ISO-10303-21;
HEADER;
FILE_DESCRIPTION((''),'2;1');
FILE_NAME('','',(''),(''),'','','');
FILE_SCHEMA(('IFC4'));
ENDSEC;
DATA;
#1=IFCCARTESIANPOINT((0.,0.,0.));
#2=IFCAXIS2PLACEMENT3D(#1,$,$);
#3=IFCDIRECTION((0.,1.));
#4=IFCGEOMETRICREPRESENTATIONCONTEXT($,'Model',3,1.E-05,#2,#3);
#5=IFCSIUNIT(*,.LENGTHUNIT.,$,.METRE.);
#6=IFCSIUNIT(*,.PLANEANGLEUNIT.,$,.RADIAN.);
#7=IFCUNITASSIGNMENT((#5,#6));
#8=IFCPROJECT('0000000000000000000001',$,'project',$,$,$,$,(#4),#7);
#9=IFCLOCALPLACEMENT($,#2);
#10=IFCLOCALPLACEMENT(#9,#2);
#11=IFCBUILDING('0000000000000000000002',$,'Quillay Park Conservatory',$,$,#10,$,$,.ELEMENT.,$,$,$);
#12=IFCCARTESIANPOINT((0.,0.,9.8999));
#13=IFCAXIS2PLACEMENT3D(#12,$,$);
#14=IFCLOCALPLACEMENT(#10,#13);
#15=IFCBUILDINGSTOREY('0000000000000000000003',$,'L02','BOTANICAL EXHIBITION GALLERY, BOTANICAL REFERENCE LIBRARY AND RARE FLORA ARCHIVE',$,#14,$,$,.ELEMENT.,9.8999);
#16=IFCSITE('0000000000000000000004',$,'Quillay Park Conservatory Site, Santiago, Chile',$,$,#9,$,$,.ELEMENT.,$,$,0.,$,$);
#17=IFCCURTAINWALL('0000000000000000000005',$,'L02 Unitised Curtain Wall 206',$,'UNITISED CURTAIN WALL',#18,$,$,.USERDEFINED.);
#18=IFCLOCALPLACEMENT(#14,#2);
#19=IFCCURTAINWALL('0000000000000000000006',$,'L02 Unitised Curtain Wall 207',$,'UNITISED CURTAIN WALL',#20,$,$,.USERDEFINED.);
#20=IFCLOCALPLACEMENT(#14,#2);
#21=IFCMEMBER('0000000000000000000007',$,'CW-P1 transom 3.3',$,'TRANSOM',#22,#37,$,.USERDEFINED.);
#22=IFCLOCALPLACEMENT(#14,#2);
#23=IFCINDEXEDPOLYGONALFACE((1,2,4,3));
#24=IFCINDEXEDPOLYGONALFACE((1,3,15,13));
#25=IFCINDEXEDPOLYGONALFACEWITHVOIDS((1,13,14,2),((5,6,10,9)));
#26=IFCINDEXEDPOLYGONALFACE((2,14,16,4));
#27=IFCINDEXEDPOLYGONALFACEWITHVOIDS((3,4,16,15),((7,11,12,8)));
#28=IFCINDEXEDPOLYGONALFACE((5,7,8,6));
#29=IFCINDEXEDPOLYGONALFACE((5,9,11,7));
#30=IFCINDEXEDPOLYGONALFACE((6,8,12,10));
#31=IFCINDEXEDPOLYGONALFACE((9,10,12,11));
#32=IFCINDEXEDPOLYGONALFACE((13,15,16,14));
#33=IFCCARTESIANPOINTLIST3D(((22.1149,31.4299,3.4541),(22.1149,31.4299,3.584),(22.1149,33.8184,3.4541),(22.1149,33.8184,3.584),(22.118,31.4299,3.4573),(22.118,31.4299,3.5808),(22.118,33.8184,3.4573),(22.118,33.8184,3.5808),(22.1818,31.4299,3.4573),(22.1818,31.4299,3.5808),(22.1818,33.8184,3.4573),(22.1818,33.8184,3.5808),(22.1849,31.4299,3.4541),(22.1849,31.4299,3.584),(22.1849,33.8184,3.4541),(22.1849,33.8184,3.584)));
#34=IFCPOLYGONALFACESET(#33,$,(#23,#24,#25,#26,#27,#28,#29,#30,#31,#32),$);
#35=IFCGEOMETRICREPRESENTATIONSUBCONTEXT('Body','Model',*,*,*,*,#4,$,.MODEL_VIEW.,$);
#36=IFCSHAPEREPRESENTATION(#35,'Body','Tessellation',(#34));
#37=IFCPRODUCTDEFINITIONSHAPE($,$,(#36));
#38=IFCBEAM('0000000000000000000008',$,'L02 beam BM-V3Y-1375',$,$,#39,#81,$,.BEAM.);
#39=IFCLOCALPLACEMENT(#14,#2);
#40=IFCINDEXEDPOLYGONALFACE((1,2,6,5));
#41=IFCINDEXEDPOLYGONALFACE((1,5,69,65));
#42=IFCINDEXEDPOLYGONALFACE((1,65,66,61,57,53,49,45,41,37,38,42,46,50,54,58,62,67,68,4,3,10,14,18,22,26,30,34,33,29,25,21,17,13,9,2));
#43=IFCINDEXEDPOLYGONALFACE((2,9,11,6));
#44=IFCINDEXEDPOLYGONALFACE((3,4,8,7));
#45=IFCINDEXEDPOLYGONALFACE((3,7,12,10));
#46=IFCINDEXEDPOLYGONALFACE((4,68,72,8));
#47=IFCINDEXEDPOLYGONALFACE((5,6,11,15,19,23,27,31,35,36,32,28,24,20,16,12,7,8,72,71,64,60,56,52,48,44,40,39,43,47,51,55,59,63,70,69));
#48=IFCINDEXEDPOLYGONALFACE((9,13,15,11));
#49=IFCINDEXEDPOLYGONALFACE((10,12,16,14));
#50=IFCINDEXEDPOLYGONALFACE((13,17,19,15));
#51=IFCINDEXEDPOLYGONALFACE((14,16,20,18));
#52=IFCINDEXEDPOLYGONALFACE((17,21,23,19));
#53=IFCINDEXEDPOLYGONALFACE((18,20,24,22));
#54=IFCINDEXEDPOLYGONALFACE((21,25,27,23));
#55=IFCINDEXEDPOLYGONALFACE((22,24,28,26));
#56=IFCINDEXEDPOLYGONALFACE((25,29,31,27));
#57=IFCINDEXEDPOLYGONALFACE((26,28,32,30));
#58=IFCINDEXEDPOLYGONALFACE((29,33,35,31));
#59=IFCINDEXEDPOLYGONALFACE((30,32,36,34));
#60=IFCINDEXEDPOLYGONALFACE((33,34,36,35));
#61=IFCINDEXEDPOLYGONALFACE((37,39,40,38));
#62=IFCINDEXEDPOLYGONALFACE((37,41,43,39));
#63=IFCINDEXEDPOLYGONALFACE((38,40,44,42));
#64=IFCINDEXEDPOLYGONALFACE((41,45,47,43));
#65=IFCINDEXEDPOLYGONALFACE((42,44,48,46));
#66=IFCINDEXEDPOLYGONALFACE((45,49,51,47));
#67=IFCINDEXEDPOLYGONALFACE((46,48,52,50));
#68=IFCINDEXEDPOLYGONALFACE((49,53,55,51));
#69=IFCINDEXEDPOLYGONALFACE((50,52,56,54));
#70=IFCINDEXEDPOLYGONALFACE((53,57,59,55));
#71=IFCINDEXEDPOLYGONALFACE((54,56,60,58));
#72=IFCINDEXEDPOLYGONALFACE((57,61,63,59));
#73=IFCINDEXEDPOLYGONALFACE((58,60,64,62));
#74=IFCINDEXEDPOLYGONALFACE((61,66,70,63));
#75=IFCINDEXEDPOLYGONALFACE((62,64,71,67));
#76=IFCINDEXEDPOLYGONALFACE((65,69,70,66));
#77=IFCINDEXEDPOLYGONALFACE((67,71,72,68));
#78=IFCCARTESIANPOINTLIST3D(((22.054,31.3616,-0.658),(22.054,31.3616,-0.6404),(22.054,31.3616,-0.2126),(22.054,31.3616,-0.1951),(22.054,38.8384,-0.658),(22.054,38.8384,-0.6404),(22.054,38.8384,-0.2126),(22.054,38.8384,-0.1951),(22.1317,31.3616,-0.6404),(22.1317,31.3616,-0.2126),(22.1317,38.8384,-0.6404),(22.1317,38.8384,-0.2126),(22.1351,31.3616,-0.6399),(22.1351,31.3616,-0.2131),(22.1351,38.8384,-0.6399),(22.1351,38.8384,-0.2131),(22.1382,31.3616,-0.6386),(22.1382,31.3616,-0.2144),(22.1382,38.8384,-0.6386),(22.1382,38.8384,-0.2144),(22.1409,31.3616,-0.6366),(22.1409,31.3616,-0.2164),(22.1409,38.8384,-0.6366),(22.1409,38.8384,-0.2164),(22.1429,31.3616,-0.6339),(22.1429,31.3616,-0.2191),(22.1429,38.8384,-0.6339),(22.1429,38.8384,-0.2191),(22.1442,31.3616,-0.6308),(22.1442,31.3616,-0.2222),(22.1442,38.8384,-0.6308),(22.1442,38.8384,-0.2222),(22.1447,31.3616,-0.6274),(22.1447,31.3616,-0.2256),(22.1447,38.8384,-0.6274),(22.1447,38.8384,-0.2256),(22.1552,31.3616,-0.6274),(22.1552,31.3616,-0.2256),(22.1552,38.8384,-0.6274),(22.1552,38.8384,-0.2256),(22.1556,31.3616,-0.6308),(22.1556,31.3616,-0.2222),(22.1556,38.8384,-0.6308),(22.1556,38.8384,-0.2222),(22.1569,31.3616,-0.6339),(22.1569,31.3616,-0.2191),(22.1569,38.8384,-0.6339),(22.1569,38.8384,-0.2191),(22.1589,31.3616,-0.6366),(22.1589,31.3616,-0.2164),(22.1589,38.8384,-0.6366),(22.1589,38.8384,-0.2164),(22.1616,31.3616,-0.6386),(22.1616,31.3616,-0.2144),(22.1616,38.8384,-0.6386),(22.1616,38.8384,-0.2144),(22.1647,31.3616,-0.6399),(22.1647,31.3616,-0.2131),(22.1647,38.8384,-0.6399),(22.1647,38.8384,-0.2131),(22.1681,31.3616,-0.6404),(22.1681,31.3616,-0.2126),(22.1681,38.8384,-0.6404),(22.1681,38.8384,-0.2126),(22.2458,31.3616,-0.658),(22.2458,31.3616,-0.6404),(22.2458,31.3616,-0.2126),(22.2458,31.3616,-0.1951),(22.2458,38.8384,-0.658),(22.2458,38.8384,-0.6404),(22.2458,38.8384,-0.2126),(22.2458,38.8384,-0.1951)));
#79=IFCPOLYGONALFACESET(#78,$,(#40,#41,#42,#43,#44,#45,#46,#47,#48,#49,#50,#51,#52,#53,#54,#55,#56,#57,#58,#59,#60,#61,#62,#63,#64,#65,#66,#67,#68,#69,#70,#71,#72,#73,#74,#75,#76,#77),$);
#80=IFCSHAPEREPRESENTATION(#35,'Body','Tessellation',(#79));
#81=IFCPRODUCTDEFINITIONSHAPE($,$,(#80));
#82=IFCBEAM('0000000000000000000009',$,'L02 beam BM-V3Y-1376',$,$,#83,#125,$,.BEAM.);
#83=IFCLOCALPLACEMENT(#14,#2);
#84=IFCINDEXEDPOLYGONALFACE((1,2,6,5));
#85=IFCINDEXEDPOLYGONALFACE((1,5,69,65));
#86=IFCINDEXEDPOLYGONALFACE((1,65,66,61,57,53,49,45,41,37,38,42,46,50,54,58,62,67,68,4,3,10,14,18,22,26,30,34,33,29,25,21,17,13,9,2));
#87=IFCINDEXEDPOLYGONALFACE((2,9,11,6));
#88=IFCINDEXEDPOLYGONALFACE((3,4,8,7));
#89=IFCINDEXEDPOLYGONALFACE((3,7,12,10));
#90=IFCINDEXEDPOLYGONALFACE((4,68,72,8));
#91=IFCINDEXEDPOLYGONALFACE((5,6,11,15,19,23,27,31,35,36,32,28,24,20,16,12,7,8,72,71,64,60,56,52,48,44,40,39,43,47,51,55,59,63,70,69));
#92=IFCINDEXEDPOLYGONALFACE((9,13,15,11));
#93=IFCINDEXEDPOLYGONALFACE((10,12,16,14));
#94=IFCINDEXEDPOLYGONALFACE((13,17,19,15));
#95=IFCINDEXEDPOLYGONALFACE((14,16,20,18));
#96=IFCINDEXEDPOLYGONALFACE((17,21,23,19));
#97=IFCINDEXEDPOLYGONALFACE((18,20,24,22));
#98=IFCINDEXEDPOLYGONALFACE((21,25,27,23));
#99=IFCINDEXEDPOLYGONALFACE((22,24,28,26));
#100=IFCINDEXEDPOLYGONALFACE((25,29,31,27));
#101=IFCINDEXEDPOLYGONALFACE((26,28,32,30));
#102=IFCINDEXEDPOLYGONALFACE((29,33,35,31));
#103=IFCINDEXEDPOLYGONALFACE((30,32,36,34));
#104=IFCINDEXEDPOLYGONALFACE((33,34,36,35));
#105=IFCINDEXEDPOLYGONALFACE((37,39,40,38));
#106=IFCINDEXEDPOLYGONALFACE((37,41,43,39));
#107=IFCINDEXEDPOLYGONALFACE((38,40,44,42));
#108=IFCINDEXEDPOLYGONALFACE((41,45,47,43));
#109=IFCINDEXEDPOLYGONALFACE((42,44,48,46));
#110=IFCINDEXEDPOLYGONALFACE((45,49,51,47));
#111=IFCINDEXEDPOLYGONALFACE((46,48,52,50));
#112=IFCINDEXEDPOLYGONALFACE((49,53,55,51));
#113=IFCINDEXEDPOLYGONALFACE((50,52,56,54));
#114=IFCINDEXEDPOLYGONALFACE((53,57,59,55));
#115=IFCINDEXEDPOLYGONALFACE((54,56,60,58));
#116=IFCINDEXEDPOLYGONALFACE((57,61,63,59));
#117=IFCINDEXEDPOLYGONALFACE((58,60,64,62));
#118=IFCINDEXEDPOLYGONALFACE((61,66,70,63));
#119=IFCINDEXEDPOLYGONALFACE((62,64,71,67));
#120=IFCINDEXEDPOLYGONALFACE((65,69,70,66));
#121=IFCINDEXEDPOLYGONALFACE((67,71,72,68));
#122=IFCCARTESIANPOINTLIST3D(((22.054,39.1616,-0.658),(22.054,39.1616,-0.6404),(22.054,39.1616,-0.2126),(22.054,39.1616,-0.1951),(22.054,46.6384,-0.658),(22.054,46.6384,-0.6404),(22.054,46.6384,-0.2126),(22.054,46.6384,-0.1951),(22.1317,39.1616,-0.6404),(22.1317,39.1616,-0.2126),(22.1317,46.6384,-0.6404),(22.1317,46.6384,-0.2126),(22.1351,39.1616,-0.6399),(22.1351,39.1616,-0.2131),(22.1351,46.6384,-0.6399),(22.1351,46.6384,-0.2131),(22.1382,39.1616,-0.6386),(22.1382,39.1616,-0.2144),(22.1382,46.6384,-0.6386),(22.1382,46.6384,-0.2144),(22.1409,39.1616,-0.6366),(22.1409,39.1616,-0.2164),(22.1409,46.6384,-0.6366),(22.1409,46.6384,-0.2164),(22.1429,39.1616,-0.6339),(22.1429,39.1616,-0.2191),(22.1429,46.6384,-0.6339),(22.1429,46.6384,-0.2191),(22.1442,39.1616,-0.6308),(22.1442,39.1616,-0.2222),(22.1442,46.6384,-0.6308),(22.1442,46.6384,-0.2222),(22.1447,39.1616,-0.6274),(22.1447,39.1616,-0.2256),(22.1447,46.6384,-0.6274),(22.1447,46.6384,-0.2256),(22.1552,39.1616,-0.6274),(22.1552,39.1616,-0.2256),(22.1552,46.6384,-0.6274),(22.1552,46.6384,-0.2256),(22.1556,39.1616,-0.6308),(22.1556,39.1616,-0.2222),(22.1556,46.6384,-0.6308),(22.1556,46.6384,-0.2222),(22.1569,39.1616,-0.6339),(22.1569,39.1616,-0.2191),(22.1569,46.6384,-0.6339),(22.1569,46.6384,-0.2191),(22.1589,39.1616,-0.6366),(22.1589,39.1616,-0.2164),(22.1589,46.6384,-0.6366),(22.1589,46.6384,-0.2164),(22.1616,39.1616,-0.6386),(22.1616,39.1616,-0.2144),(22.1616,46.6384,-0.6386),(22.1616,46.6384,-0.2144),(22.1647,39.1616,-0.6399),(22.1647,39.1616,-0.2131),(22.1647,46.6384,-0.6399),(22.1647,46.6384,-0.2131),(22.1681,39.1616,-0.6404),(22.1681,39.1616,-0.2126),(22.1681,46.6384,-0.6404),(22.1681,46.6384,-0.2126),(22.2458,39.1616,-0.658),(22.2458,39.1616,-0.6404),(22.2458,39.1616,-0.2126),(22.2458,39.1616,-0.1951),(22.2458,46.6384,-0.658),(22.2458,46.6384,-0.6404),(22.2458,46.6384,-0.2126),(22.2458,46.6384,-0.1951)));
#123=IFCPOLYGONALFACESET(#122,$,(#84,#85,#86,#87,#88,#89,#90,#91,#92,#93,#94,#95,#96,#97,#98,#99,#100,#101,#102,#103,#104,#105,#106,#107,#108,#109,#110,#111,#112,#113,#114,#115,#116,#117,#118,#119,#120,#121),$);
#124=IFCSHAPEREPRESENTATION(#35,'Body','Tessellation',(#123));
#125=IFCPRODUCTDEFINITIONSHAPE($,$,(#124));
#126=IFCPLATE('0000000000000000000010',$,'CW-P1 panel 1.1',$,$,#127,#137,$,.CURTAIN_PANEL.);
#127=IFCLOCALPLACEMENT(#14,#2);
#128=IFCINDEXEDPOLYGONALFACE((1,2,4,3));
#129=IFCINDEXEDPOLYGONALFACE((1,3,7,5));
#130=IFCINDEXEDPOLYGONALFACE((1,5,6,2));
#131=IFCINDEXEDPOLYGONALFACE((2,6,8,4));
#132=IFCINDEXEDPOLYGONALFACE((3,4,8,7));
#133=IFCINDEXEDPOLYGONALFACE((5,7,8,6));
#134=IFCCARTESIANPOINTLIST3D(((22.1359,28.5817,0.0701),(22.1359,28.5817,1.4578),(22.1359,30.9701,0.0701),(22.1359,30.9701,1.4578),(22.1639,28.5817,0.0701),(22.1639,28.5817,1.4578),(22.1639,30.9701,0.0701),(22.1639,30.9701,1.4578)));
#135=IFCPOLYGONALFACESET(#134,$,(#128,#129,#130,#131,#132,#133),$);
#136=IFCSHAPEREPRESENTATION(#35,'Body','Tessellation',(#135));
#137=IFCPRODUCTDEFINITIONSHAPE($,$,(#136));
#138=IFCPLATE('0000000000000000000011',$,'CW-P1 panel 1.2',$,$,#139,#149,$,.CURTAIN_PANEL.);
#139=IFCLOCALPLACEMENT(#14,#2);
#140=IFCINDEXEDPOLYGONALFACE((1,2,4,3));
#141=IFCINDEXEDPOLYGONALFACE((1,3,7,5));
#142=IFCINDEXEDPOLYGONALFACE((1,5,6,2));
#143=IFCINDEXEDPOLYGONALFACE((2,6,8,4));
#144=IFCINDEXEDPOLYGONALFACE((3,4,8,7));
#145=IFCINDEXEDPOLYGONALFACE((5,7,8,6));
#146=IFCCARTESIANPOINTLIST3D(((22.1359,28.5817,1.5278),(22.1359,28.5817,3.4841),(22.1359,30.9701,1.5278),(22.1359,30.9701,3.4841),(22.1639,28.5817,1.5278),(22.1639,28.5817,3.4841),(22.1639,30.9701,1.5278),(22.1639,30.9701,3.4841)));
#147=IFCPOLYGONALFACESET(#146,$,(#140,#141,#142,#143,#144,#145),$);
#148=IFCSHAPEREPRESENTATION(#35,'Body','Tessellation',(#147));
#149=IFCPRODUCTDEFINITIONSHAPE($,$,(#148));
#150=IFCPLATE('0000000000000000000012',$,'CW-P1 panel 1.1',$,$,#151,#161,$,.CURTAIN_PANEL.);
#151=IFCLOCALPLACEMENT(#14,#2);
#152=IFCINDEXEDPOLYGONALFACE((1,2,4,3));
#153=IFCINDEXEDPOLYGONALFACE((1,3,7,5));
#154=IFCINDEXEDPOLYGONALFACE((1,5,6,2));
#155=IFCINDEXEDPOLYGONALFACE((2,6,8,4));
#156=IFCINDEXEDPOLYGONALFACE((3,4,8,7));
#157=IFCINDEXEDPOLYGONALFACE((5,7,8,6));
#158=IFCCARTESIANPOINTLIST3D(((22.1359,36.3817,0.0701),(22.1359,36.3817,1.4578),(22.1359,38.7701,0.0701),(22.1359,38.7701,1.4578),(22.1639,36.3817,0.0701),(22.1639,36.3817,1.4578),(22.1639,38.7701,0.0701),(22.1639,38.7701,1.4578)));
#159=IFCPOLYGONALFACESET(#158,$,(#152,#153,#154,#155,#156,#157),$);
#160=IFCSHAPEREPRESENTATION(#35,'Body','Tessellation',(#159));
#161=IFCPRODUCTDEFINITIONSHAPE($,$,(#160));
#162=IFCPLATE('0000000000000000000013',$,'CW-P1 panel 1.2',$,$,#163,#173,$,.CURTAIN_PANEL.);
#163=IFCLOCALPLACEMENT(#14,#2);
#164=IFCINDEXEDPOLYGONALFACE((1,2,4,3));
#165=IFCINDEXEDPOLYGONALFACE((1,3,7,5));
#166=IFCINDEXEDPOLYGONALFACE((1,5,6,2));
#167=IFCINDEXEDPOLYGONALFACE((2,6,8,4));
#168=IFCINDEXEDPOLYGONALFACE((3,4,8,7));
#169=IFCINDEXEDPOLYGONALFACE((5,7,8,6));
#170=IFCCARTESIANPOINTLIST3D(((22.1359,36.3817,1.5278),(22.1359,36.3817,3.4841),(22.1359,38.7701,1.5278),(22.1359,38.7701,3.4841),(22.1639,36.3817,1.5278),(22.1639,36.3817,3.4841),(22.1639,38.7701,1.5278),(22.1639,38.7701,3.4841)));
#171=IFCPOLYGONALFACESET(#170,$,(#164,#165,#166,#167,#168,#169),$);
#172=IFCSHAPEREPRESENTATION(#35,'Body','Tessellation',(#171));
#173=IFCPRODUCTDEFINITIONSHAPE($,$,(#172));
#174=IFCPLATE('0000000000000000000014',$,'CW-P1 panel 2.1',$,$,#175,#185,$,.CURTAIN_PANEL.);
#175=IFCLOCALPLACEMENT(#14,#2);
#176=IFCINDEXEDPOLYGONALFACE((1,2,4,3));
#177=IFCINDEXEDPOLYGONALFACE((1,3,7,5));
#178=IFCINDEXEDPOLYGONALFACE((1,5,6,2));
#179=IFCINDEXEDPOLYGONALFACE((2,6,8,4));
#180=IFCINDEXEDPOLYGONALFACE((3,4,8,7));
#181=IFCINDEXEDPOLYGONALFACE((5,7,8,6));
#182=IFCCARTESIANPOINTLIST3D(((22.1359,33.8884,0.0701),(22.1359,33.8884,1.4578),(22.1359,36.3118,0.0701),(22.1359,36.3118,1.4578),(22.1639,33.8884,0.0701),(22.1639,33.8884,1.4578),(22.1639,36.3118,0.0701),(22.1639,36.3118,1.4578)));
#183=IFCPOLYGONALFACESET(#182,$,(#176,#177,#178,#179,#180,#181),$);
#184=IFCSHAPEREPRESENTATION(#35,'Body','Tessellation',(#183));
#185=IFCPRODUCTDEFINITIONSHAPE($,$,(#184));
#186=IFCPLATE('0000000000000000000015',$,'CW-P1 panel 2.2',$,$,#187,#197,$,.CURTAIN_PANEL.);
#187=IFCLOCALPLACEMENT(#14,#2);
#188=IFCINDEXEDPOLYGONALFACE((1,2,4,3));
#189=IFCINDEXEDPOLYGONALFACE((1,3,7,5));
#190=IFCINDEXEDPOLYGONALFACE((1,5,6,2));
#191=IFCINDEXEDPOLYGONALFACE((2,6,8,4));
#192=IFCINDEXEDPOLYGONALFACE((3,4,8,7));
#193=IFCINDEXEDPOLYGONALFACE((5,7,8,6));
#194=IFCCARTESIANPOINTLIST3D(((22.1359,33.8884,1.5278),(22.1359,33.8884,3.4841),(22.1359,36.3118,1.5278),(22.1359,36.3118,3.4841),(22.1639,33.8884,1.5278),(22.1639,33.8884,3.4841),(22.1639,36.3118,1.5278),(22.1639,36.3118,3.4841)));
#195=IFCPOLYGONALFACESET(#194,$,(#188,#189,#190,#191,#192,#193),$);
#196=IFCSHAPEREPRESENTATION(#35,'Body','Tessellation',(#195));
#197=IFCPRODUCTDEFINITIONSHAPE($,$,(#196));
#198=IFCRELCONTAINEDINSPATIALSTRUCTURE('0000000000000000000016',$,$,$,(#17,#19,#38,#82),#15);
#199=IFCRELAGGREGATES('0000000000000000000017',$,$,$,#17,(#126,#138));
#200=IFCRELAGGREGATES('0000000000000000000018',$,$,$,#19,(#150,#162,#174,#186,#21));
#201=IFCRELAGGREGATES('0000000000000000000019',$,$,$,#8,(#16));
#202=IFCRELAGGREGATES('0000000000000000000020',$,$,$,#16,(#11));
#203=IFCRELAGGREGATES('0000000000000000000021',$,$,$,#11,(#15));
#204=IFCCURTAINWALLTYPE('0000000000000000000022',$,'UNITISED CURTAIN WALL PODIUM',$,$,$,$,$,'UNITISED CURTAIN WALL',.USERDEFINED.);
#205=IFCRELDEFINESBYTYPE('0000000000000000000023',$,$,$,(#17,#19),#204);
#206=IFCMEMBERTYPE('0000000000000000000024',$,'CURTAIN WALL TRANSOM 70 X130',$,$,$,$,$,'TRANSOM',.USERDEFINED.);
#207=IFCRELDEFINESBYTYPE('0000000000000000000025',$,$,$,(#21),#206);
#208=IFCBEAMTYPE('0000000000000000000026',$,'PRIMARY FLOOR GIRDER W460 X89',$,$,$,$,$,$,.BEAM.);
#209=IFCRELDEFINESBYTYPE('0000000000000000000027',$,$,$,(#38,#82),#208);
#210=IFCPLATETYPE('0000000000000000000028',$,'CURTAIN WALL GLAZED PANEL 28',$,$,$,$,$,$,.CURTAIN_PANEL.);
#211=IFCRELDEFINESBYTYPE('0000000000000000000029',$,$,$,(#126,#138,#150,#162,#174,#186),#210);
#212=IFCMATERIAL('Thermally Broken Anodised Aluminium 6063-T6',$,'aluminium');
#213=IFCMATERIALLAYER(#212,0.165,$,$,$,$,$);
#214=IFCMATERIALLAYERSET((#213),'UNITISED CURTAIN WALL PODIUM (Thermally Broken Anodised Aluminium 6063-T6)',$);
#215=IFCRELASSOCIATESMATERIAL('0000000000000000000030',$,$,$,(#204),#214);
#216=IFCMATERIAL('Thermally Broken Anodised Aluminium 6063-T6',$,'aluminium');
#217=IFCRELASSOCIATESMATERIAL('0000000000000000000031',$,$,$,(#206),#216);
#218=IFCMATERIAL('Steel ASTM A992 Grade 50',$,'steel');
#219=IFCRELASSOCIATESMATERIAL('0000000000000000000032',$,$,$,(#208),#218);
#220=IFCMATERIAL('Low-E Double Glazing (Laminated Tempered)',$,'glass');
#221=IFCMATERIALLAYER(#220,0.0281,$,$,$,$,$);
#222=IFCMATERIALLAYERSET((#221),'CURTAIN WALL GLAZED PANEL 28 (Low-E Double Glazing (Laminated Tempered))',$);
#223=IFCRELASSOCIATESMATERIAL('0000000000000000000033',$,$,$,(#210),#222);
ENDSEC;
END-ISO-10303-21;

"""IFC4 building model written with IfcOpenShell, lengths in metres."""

from ifc_helpers import new_model, si_unit, direction, frame, origin, origin_2d, place, context, subcontext, project, spatial, rectangle, hollow_rectangle, i_section, extrude, material, layer, layer_set, material_profile, profile_set, type_object, element, aggregate, save


model = new_model("IFC4")

# Units and contexts
model_context = context("Model", 3, precision=1e-05, world=origin(), true_north=direction((0.0, 1.0)))
body_context = subcontext(model_context, "Body", "Model", "MODEL_VIEW")
ifc_project = project(units=[si_unit("LENGTHUNIT", "METRE"), si_unit("PLANEANGLEUNIT", "RADIAN")], contexts=[model_context])

# Site, building, storey
site_placement = place(None, origin())
site = spatial("IfcSite", under=ifc_project, at=site_placement, Name="Quillay Park Conservatory Site, Santiago, Chile", CompositionType="ELEMENT", RefElevation=0.0)
building_placement = place(site_placement, origin())
building = spatial("IfcBuilding", under=site, at=building_placement, Name="Quillay Park Conservatory", CompositionType="ELEMENT")
storey_placement = place(building_placement, frame((0.0, 0.0, 9.8999)))
storey = spatial("IfcBuildingStorey", under=building, at=storey_placement, Name="L02", Description="BOTANICAL EXHIBITION GALLERY, BOTANICAL REFERENCE LIBRARY AND RARE FLORA ARCHIVE", CompositionType="ELEMENT", Elevation=9.8999)

# Curtain wall
ifc_material_1 = material(Name="Thermally Broken Anodised Aluminium 6063-T6", Category="aluminium")
ifc_layer_1 = layer(ifc_material_1, 0.165)
ifc_layer_set_1 = layer_set([ifc_layer_1], Name="UNITISED CURTAIN WALL PODIUM (Thermally Broken Anodised Aluminium 6063-T6)")
curtain_wall_type = type_object("IfcCurtainWallType", Name="UNITISED CURTAIN WALL PODIUM", ElementType="UNITISED CURTAIN WALL", PredefinedType="USERDEFINED", material=ifc_layer_set_1)
curtain_wall_1_placement = place(storey_placement, origin())
curtain_wall_1 = element("IfcCurtainWall", 1, at=curtain_wall_1_placement, inside=storey, type_object=curtain_wall_type, Name="L02 Unitised Curtain Wall 206", ObjectType="UNITISED CURTAIN WALL", PredefinedType="USERDEFINED")

# Curtain wall
curtain_wall_2_placement = place(storey_placement, origin())
curtain_wall_2 = element("IfcCurtainWall", 2, at=curtain_wall_2_placement, inside=storey, type_object=curtain_wall_type, Name="L02 Unitised Curtain Wall 207", ObjectType="UNITISED CURTAIN WALL", PredefinedType="USERDEFINED")

# Member
ifc_material_2 = material(Name="Thermally Broken Anodised Aluminium 6063-T6", Category="aluminium")
ifc_material_profile_1 = material_profile(ifc_material_2, hollow_rectangle(XDim=0.0701, YDim=0.1299, WallThickness=0.0032, at=origin_2d()), Name="AL70x130x3.2")
ifc_profile_set_1 = profile_set([ifc_material_profile_1], Name="Thermally Broken Anodised Aluminium 6063-T6")
member_type_1 = type_object("IfcMemberType", Name="CURTAIN WALL TRANSOM 70 X130", ElementType="TRANSOM", PredefinedType="USERDEFINED", material=ifc_profile_set_1)
member_1_placement = place(storey_placement, frame((22.1499, 33.8184, 3.519), z_axis=(0.0, -1.0, 0.0), x_axis=(1.0, 0.0, 0.0)))
member_1 = element("IfcMember", 3, at=member_1_placement, type_object=member_type_1, Name="CW-P1 transom 3.3", ObjectType="TRANSOM", PredefinedType="USERDEFINED", context=body_context, shape_type="SweptSolid", body=[
    extrude(hollow_rectangle(XDim=0.0701, YDim=0.1299, WallThickness=0.0032, at=origin_2d()), origin(), (0.0, 0.0, 1.0), 2.3884),
])

# Beams
ifc_material_3 = material(Name="Steel ASTM A992 Grade 50", Category="steel")
ifc_material_profile_2 = material_profile(ifc_material_3, i_section(OverallWidth=0.1919, OverallDepth=0.4629, WebThickness=0.0105, FlangeThickness=0.0176, FilletRadius=0.0129, at=origin_2d()), Name="W460x89")
ifc_profile_set_2 = profile_set([ifc_material_profile_2], Name="Steel ASTM A992 Grade 50")
beam_type = type_object("IfcBeamType", Name="PRIMARY FLOOR GIRDER W460 X89", PredefinedType="BEAM", material=ifc_profile_set_2)
for number, where, z_axis, x_axis, name in (
    (4, (22.1499, 31.3616, -0.4265), (0.0, 1.0, 0.0), (-1.0, 0.0, 0.0), "L02 beam BM-V3Y-1375"),
    (5, (22.1499, 39.1616, -0.4265), (0.0, 1.0, 0.0), (-1.0, 0.0, 0.0), "L02 beam BM-V3Y-1376"),
):
    element("IfcBeam", number, at=place(storey_placement, frame(where, z_axis=z_axis, x_axis=x_axis)), inside=storey, type_object=beam_type, Name=name, PredefinedType="BEAM", context=body_context, shape_type="SweptSolid", body=[
        extrude(i_section(OverallWidth=0.1919, OverallDepth=0.4629, WebThickness=0.0105, FlangeThickness=0.0176, FilletRadius=0.0129, at=origin_2d()), origin(), (0.0, 0.0, 1.0), 7.4768),
    ])

# Plates
ifc_material_4 = material(Name="Low-E Double Glazing (Laminated Tempered)", Category="glass")
ifc_layer_2 = layer(ifc_material_4, 0.0281)
ifc_layer_set_2 = layer_set([ifc_layer_2], Name="CURTAIN WALL GLAZED PANEL 28 (Low-E Double Glazing (Laminated Tempered))")
plate_type = type_object("IfcPlateType", Name="CURTAIN WALL GLAZED PANEL 28", PredefinedType="CURTAIN_PANEL", material=ifc_layer_set_2)
plate_1_placement = place(storey_placement, frame((22.1499, 29.7759, 0.0701), z_axis=(0.0, 0.0, 1.0), x_axis=(0.0, -1.0, 0.0)))
plate_1 = element("IfcPlate", 6, at=plate_1_placement, type_object=plate_type, Name="CW-P1 panel 1.1", PredefinedType="CURTAIN_PANEL", context=body_context, shape_type="SweptSolid", body=[
    extrude(rectangle(XDim=2.3884, YDim=0.0281, at=origin_2d()), origin(), (0.0, 0.0, 1.0), 1.3877),
])
plate_2_placement = place(storey_placement, frame((22.1499, 29.7759, 1.5278), z_axis=(0.0, 0.0, 1.0), x_axis=(0.0, -1.0, 0.0)))
plate_2 = element("IfcPlate", 7, at=plate_2_placement, type_object=plate_type, Name="CW-P1 panel 1.2", PredefinedType="CURTAIN_PANEL", context=body_context, shape_type="SweptSolid", body=[
    extrude(rectangle(XDim=2.3884, YDim=0.0281, at=origin_2d()), origin(), (0.0, 0.0, 1.0), 1.9563),
])
aggregate(curtain_wall_1, [plate_1, plate_2])
plate_3_placement = place(storey_placement, frame((22.1499, 37.5759, 0.0701), z_axis=(0.0, 0.0, 1.0), x_axis=(0.0, -1.0, 0.0)))
plate_3 = element("IfcPlate", 8, at=plate_3_placement, type_object=plate_type, Name="CW-P1 panel 1.1", PredefinedType="CURTAIN_PANEL", context=body_context, shape_type="SweptSolid", body=[
    extrude(rectangle(XDim=2.3884, YDim=0.0281, at=origin_2d()), origin(), (0.0, 0.0, 1.0), 1.3877),
])
plate_4_placement = place(storey_placement, frame((22.1499, 37.5759, 1.5278), z_axis=(0.0, 0.0, 1.0), x_axis=(0.0, -1.0, 0.0)))
plate_4 = element("IfcPlate", 9, at=plate_4_placement, type_object=plate_type, Name="CW-P1 panel 1.2", PredefinedType="CURTAIN_PANEL", context=body_context, shape_type="SweptSolid", body=[
    extrude(rectangle(XDim=2.3884, YDim=0.0281, at=origin_2d()), origin(), (0.0, 0.0, 1.0), 1.9563),
])
plate_5_placement = place(storey_placement, frame((22.1499, 35.1001, 0.0701), z_axis=(0.0, 0.0, 1.0), x_axis=(0.0, -1.0, 0.0)))
plate_5 = element("IfcPlate", 10, at=plate_5_placement, type_object=plate_type, Name="CW-P1 panel 2.1", PredefinedType="CURTAIN_PANEL", context=body_context, shape_type="SweptSolid", body=[
    extrude(rectangle(XDim=2.4233, YDim=0.0281, at=origin_2d()), origin(), (0.0, 0.0, 1.0), 1.3877),
])
plate_6_placement = place(storey_placement, frame((22.1499, 35.1001, 1.5278), z_axis=(0.0, 0.0, 1.0), x_axis=(0.0, -1.0, 0.0)))
plate_6 = element("IfcPlate", 11, at=plate_6_placement, type_object=plate_type, Name="CW-P1 panel 2.2", PredefinedType="CURTAIN_PANEL", context=body_context, shape_type="SweptSolid", body=[
    extrude(rectangle(XDim=2.4233, YDim=0.0281, at=origin_2d()), origin(), (0.0, 0.0, 1.0), 1.9563),
])
aggregate(curtain_wall_2, [plate_3, plate_4, plate_5, plate_6, member_1])

save(model, "model.ifc")
